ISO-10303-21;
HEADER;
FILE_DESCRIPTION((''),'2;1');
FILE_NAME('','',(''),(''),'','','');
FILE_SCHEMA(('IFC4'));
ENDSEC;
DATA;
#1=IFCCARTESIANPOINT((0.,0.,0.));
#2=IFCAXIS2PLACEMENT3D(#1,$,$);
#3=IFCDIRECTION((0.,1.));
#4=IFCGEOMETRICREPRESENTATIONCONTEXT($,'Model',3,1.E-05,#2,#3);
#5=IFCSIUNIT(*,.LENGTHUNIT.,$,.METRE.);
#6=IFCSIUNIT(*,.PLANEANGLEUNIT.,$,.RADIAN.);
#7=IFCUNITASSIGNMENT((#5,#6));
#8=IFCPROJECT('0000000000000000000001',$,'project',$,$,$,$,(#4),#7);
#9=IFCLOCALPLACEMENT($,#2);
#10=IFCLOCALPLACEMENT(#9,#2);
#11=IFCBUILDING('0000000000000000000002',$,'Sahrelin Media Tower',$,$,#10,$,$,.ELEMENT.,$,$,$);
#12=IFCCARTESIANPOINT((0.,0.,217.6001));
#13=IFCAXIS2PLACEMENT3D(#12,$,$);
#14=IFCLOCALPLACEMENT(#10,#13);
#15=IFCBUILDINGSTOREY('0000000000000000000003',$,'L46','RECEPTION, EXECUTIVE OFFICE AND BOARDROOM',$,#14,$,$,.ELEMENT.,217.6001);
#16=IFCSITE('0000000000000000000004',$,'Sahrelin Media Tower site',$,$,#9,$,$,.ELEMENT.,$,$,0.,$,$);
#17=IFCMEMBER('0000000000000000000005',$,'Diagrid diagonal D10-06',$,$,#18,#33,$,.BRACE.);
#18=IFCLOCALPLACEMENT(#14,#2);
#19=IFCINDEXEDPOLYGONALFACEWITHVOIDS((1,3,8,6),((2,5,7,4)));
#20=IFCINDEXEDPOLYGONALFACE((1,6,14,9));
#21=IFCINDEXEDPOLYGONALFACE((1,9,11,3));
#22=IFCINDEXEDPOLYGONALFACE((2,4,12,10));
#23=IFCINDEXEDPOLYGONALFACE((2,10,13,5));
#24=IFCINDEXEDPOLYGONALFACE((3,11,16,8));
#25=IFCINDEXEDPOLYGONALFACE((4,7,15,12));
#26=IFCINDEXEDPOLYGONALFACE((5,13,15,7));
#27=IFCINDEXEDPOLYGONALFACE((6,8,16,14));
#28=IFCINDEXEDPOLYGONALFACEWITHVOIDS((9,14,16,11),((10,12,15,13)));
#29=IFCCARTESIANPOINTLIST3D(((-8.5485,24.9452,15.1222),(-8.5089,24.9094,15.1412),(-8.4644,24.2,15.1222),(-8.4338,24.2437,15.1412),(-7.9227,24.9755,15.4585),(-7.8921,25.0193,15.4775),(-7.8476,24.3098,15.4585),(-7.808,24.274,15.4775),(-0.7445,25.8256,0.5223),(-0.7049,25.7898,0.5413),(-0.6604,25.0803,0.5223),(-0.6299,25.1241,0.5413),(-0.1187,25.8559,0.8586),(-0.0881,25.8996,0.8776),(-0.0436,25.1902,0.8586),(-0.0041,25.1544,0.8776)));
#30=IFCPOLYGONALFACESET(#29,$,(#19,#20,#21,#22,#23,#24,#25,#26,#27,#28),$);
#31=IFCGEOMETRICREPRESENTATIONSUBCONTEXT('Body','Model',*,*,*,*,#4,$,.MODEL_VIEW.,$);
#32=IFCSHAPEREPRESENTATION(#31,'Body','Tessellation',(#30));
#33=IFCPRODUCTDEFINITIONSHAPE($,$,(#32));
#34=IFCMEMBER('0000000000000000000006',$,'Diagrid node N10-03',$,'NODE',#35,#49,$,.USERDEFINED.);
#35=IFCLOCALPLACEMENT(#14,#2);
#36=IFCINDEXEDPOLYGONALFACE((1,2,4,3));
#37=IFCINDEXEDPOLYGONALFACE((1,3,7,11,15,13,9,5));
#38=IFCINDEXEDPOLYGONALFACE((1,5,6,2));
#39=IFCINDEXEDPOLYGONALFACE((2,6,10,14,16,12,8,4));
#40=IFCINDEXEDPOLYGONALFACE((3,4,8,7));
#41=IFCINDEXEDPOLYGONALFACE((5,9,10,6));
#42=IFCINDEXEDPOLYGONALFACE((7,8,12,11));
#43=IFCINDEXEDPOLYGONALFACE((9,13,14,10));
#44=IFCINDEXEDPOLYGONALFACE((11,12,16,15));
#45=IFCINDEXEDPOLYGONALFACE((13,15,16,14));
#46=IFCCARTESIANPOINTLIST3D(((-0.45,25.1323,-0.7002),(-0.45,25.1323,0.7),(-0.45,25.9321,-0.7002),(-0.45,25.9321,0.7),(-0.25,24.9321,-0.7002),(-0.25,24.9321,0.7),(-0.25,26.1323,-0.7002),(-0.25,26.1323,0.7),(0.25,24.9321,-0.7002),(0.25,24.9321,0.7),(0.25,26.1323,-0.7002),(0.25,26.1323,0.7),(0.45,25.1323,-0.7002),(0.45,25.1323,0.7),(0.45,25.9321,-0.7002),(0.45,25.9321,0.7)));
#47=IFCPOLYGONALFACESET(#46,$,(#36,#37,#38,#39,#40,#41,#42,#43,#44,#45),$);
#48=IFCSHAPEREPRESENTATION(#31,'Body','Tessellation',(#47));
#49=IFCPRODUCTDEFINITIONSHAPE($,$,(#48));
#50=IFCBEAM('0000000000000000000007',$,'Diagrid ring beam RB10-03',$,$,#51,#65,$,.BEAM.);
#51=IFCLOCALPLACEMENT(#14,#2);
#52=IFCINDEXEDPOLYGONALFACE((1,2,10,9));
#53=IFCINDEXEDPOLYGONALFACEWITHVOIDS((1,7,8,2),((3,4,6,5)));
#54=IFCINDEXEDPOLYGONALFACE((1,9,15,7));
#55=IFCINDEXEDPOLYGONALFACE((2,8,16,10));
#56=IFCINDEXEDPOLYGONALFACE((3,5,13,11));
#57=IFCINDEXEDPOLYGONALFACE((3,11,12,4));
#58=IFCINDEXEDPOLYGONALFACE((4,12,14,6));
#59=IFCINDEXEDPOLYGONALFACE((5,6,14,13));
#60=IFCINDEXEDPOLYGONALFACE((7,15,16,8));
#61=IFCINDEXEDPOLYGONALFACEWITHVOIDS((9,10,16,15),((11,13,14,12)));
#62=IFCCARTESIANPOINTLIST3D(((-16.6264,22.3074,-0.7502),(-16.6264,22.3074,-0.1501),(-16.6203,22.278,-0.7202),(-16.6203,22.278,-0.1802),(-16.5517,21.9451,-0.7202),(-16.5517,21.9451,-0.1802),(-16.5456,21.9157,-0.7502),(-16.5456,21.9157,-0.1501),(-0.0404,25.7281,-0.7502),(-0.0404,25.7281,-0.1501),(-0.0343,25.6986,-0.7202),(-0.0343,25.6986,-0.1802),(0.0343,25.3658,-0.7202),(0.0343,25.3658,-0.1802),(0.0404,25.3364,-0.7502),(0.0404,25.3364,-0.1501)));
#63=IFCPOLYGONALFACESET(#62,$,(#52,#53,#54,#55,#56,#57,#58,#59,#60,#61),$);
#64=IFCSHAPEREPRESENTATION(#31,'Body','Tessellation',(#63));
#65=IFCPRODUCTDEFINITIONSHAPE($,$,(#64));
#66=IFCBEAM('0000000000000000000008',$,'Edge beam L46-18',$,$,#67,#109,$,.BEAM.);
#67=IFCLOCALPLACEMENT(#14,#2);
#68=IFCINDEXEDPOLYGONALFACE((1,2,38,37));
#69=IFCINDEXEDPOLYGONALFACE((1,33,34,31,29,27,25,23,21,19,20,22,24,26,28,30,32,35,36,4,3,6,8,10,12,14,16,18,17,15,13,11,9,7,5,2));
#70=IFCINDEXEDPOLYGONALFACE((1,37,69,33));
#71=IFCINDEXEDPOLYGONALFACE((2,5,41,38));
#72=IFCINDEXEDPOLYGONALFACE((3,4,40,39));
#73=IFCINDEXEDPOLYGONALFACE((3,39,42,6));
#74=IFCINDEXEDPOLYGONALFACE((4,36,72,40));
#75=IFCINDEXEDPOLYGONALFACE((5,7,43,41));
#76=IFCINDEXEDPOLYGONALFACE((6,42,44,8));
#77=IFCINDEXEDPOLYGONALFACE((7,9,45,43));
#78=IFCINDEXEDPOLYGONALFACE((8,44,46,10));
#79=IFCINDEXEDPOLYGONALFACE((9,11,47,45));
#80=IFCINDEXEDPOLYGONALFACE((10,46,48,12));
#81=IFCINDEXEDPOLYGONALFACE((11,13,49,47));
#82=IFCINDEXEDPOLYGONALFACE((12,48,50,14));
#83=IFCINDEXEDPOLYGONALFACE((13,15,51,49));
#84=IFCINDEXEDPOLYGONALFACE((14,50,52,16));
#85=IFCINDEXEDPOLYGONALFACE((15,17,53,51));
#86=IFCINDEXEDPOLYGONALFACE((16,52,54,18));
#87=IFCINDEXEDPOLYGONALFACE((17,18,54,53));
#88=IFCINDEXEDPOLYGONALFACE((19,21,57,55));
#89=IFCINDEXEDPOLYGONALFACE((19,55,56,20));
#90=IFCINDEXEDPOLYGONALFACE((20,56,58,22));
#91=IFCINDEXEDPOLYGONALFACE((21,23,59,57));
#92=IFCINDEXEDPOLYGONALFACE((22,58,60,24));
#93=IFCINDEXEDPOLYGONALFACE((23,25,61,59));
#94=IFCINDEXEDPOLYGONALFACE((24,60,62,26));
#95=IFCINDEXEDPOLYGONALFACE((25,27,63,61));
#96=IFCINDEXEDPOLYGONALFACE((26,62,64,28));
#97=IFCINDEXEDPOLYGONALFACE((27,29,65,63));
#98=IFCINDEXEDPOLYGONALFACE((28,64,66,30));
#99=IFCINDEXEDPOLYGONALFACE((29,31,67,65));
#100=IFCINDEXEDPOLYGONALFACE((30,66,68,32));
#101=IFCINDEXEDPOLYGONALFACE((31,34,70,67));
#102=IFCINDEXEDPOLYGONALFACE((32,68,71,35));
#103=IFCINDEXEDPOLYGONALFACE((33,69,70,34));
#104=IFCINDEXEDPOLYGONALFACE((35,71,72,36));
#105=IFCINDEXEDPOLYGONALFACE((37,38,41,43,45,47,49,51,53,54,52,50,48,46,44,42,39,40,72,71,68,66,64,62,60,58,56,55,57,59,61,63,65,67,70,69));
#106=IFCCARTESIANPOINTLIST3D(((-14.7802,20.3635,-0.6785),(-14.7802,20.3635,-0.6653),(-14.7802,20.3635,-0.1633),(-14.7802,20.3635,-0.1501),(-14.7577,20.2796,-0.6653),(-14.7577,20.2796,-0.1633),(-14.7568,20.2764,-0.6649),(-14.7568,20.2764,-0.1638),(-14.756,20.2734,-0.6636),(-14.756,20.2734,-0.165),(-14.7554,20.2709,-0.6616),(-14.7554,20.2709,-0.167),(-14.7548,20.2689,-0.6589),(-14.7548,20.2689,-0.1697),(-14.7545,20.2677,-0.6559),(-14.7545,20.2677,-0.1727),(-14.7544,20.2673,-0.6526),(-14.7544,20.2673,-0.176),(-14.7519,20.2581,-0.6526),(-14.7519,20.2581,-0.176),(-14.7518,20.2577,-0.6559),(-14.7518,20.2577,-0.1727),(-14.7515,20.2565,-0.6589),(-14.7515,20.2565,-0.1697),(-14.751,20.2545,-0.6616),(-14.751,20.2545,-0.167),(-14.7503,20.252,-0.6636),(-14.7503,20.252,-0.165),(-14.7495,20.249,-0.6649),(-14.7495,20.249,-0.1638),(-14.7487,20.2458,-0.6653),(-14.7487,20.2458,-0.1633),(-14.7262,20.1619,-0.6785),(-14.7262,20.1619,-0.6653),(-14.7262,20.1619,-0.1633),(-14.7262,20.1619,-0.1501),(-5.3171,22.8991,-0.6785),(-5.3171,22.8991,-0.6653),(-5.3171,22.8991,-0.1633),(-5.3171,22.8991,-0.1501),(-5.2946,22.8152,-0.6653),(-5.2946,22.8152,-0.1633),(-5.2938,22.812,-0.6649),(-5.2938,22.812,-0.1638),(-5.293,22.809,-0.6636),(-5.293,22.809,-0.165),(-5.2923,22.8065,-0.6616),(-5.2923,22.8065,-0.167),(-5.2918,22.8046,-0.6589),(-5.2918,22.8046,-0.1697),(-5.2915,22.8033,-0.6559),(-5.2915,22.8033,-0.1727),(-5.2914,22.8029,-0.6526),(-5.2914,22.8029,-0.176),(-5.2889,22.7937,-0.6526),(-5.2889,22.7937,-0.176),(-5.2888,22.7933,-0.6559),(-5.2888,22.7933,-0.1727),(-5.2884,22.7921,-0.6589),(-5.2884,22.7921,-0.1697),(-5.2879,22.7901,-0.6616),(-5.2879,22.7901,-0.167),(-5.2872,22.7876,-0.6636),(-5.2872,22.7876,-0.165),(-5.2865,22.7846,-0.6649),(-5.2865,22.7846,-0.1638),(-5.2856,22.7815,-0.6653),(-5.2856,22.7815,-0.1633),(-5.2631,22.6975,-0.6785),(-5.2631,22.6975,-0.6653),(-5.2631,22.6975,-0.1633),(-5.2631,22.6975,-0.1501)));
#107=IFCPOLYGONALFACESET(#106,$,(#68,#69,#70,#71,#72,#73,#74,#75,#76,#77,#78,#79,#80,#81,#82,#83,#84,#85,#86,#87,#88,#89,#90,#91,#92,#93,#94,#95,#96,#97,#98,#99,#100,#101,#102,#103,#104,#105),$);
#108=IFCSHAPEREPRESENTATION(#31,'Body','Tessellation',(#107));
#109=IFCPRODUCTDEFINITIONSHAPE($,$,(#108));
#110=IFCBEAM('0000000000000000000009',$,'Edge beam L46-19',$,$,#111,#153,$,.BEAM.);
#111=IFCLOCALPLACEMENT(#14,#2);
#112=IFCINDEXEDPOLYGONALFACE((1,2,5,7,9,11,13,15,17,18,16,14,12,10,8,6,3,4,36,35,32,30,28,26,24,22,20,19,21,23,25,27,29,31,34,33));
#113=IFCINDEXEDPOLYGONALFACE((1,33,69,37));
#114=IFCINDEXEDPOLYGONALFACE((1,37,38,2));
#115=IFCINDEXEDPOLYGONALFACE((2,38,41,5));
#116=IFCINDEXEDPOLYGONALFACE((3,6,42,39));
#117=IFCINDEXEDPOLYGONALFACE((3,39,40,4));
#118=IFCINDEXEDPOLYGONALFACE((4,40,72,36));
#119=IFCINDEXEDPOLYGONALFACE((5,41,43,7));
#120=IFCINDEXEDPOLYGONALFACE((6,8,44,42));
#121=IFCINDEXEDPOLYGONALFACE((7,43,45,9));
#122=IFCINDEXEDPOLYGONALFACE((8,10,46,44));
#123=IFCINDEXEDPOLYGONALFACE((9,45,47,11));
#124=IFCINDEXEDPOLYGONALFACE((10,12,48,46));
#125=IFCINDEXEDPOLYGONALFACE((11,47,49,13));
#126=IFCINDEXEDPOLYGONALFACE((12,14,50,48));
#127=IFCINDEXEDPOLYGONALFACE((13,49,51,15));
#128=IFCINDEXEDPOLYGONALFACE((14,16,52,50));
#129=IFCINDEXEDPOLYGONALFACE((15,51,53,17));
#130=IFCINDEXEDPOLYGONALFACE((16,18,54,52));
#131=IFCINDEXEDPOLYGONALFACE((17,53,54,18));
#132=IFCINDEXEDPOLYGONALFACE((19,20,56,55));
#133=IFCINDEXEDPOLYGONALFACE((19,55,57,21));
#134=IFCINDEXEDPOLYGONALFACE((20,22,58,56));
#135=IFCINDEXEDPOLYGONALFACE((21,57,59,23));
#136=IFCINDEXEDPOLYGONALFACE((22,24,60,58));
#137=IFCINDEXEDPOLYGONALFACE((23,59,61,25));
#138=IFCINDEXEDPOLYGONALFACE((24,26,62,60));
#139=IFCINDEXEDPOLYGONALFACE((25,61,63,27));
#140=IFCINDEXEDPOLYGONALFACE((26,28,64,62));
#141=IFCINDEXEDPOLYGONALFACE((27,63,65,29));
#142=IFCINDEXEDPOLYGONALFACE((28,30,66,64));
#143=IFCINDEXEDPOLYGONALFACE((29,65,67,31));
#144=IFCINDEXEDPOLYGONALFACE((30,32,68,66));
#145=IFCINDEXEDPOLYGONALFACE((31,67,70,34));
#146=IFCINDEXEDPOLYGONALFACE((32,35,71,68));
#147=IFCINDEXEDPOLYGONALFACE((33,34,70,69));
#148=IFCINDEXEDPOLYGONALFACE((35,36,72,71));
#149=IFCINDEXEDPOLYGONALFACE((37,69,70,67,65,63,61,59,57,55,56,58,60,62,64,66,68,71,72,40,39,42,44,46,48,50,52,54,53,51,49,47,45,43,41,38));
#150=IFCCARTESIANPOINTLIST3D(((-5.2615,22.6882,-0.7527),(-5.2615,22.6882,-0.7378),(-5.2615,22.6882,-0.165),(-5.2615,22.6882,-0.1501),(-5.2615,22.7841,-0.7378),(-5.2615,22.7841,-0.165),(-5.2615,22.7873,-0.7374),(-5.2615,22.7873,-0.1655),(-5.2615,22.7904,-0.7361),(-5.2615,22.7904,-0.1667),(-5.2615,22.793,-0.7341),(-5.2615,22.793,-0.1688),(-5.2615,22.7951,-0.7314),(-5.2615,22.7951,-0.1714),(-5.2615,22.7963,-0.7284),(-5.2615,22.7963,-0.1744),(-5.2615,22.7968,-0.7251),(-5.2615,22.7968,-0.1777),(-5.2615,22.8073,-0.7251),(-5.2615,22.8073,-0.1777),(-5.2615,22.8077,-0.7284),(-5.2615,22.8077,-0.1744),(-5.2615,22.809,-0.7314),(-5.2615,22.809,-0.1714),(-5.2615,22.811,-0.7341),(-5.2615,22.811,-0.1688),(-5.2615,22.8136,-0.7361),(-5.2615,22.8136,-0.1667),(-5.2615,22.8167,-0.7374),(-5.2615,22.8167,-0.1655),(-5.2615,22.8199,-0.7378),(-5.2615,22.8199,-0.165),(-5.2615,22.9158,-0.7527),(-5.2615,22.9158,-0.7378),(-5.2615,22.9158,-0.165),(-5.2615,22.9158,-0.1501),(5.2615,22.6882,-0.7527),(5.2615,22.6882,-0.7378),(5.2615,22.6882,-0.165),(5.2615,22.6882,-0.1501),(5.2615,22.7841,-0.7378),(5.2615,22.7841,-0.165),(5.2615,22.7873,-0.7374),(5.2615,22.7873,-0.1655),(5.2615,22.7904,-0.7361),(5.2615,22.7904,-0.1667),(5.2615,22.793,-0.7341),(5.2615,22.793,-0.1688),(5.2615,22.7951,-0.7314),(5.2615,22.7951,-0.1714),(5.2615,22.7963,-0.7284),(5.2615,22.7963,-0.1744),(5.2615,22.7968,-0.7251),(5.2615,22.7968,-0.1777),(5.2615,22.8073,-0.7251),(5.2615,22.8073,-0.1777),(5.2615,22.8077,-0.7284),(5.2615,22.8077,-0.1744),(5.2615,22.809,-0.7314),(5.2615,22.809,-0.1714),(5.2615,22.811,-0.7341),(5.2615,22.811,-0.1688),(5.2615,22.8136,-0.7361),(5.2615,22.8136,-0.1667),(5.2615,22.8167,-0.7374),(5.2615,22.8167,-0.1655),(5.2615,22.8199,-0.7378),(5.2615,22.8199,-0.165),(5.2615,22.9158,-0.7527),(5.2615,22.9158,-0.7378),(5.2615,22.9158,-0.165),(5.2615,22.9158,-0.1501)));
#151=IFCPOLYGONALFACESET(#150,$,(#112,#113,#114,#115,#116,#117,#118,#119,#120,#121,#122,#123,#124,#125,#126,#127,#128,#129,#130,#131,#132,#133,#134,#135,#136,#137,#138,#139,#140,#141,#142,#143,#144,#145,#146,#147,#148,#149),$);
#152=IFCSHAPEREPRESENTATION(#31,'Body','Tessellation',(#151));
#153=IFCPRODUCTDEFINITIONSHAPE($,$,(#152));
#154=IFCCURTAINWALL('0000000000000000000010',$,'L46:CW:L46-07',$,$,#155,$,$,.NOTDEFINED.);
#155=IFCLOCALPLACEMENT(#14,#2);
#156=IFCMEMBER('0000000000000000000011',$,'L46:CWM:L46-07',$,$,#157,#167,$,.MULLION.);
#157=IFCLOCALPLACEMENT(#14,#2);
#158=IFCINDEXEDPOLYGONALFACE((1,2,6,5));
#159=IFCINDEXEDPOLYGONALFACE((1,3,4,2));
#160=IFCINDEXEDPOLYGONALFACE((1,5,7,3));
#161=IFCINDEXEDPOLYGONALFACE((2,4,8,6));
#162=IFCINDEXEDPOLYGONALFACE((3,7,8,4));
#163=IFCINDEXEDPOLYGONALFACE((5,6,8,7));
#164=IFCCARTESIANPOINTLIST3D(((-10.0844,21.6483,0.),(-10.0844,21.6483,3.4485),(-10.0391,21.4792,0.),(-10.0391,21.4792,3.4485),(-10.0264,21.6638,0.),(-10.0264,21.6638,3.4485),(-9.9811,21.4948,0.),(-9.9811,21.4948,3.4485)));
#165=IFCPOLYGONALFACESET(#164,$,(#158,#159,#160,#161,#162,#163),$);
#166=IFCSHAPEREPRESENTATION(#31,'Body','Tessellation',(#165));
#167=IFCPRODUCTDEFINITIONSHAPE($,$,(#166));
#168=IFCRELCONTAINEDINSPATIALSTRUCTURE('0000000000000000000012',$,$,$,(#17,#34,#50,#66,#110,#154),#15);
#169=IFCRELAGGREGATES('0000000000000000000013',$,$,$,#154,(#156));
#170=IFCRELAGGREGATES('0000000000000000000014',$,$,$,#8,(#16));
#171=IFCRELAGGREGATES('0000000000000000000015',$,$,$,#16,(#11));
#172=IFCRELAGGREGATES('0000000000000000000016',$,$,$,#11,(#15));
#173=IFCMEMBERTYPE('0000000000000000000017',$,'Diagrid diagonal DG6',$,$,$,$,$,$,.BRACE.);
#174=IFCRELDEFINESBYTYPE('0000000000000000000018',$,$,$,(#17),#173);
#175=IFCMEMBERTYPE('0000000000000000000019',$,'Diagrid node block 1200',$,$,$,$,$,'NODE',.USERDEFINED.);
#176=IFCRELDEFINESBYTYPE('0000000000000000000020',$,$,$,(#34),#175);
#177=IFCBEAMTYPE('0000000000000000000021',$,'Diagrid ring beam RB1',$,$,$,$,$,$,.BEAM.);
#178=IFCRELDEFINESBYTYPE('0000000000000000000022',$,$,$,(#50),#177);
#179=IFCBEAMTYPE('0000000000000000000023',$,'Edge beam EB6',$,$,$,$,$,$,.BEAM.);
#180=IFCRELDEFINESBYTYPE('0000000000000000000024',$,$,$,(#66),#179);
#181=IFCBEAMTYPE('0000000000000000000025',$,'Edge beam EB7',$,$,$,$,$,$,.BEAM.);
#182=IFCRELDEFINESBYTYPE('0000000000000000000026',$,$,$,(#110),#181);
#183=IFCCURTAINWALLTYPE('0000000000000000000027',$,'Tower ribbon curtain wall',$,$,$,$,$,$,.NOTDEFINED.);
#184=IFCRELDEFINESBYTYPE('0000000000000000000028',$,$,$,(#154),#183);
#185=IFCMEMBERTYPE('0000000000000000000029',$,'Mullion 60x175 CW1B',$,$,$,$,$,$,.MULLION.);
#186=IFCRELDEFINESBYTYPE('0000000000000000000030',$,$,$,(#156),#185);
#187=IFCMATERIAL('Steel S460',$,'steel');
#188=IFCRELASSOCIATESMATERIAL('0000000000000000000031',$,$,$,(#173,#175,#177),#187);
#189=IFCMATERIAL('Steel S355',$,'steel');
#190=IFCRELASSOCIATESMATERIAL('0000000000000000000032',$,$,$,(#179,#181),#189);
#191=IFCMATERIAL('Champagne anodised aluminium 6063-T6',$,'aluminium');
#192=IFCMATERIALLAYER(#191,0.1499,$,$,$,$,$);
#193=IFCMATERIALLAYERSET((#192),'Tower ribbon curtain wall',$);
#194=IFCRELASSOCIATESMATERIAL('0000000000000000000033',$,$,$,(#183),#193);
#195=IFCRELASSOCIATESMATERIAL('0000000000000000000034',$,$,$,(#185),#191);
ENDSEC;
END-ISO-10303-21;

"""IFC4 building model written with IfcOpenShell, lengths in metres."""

from ifc_helpers import new_model, si_unit, direction, frame, origin, origin_2d, place, context, subcontext, project, spatial, polyline, rectangle, hollow_rectangle, i_section, outline, extrude, material, layer, layer_set, material_profile, profile_set, type_object, element, aggregate, save


model = new_model("IFC4")

# Units and contexts
model_context = context("Model", 3, precision=1e-05, world=origin(), true_north=direction((0.0, 1.0)))
body_context = subcontext(model_context, "Body", "Model", "MODEL_VIEW")
ifc_project = project(units=[si_unit("LENGTHUNIT", "METRE"), si_unit("PLANEANGLEUNIT", "RADIAN")], contexts=[model_context])

# Site, building, storey
site_placement = place(None, origin())
site = spatial("IfcSite", under=ifc_project, at=site_placement, Name="Sahrelin Media Tower site", CompositionType="ELEMENT", RefElevation=0.0)
building_placement = place(site_placement, origin())
building = spatial("IfcBuilding", under=site, at=building_placement, Name="Sahrelin Media Tower", CompositionType="ELEMENT")
storey_placement = place(building_placement, frame((0.0, 0.0, 217.6001)))
storey = spatial("IfcBuildingStorey", under=building, at=storey_placement, Name="L46", Description="RECEPTION, EXECUTIVE OFFICE AND BOARDROOM", CompositionType="ELEMENT", Elevation=217.6001)

# Members
ifc_material_1 = material(Name="Steel S460", Category="steel")
ifc_material_profile_1 = material_profile(ifc_material_1, hollow_rectangle(XDim=0.75, YDim=0.75, WallThickness=0.04, at=origin_2d()), Name="Diagrid diagonal DG6")
ifc_profile_set_1 = profile_set([ifc_material_profile_1], Name="Steel S460")
member_type_1 = type_object("IfcMemberType", Name="Diagrid diagonal DG6", PredefinedType="BRACE", material=ifc_profile_set_1)
member_1_placement = place(storey_placement, frame((-0.3743, 25.49, 0.7), z_axis=(-0.47074, -0.053105, 0.880673), x_axis=(0.1121, -0.993697, 0.0)))
element("IfcMember", 1, at=member_1_placement, inside=storey, type_object=member_type_1, Name="Diagrid diagonal D10-06", PredefinedType="BRACE", context=body_context, shape_type="SweptSolid", body=[
    extrude(hollow_rectangle(XDim=0.75, YDim=0.75, WallThickness=0.04, at=origin_2d()), origin(), (0.0, 0.0, 1.0), 16.5781),
])
ifc_material_profile_2 = material_profile(ifc_material_1, outline(polyline([(0.3999, -0.45), (0.6001, -0.25), (0.6001, 0.25), (0.3999, 0.45), (-0.3999, 0.45), (-0.6001, 0.25), (-0.6001, -0.25), (-0.3999, -0.45), (0.3999, -0.45)])), Name="Diagrid node block 1200")
ifc_profile_set_2 = profile_set([ifc_material_profile_2], Name="Steel S460")
member_type_2 = type_object("IfcMemberType", Name="Diagrid node block 1200", ElementType="NODE", PredefinedType="USERDEFINED", material=ifc_profile_set_2)
member_2_placement = place(storey_placement, frame((0.0, 25.5322, -0.7002), z_axis=(0.0, 0.0, 1.0), x_axis=(0.0, 1.0, 0.0)))
element("IfcMember", 2, at=member_2_placement, inside=storey, type_object=member_type_2, Name="Diagrid node N10-03", ObjectType="NODE", PredefinedType="USERDEFINED", context=body_context, shape_type="SweptSolid", body=[
    extrude(outline(polyline([(0.3999, -0.45), (0.6001, -0.25), (0.6001, 0.25), (0.3999, 0.45), (-0.3999, 0.45), (-0.6001, 0.25), (-0.6001, -0.25), (-0.3999, -0.45), (0.3999, -0.45)])), origin(), (0.0, 0.0, 1.0), 1.4001),
])

# Beams
ifc_material_profile_3 = material_profile(ifc_material_1, hollow_rectangle(XDim=0.3999, YDim=0.6001, WallThickness=0.03, at=origin_2d()), Name="Diagrid ring beam RB1")
ifc_profile_set_3 = profile_set([ifc_material_profile_3], Name="Steel S460")
beam_type_1 = type_object("IfcBeamType", Name="Diagrid ring beam RB1", PredefinedType="BEAM", material=ifc_profile_set_3)
beam_1_placement = place(storey_placement, frame((0.0, 25.5322, -0.4502), z_axis=(-0.979388, -0.201987, 0.0), x_axis=(0.201987, -0.979388, 0.0)))
element("IfcBeam", 3, at=beam_1_placement, inside=storey, type_object=beam_type_1, Name="Diagrid ring beam RB10-03", PredefinedType="BEAM", context=body_context, shape_type="SweptSolid", body=[
    extrude(hollow_rectangle(XDim=0.3999, YDim=0.6001, WallThickness=0.03, at=origin_2d()), origin(), (0.0, 0.0, 1.0), 16.9351),
])
ifc_material_2 = material(Name="Steel S355", Category="steel")
ifc_material_profile_4 = material_profile(ifc_material_2, i_section(OverallWidth=0.2087, OverallDepth=0.5283, WebThickness=0.0095, FlangeThickness=0.0132, FilletRadius=0.0127, at=origin_2d()), Name="UB 533x210x82")
ifc_profile_set_4 = profile_set([ifc_material_profile_4], Name="Steel S355")
beam_type_2 = type_object("IfcBeamType", Name="Edge beam EB6", PredefinedType="BEAM", material=ifc_profile_set_4)
beam_2_placement = place(storey_placement, frame((-14.7532, 20.2627, -0.4143), z_axis=(0.965926, 0.25882, 0.0), x_axis=(-0.25882, 0.965926, 0.0)))
element("IfcBeam", 4, at=beam_2_placement, inside=storey, type_object=beam_type_2, Name="Edge beam L46-18", PredefinedType="BEAM", context=body_context, shape_type="SweptSolid", body=[
    extrude(i_section(OverallWidth=0.2087, OverallDepth=0.5283, WebThickness=0.0095, FlangeThickness=0.0132, FilletRadius=0.0127, at=origin_2d()), origin(), (0.0, 0.0, 1.0), 9.7969),
])
ifc_material_profile_5 = material_profile(ifc_material_2, i_section(OverallWidth=0.2275, OverallDepth=0.6025, WebThickness=0.0105, FlangeThickness=0.0149, FilletRadius=0.0127, at=origin_2d()), Name="UB 610x229x101")
ifc_profile_set_5 = profile_set([ifc_material_profile_5], Name="Steel S355")
beam_type_3 = type_object("IfcBeamType", Name="Edge beam EB7", PredefinedType="BEAM", material=ifc_profile_set_5)
beam_3_placement = place(storey_placement, frame((-5.2615, 22.802, -0.4514), z_axis=(1.0, 0.0, 0.0), x_axis=(0.0, 1.0, 0.0)))
element("IfcBeam", 5, at=beam_3_placement, inside=storey, type_object=beam_type_3, Name="Edge beam L46-19", PredefinedType="BEAM", context=body_context, shape_type="SweptSolid", body=[
    extrude(i_section(OverallWidth=0.2275, OverallDepth=0.6025, WebThickness=0.0105, FlangeThickness=0.0149, FilletRadius=0.0127, at=origin_2d()), origin(), (0.0, 0.0, 1.0), 10.5229),
])

# Curtain wall, member
ifc_material_3 = material(Name="Champagne anodised aluminium 6063-T6", Category="aluminium")
ifc_layer_1 = layer(ifc_material_3, 0.1499)
ifc_layer_set_1 = layer_set([ifc_layer_1], Name="Tower ribbon curtain wall")
curtain_wall_type = type_object("IfcCurtainWallType", Name="Tower ribbon curtain wall", PredefinedType="NOTDEFINED", material=ifc_layer_set_1)
curtain_wall_1_placement = place(storey_placement, frame((-10.0603, 21.6753, 0.0), z_axis=(0.0, 0.0, 1.0), x_axis=(1.0, 0.0, 0.0)))
curtain_wall_1 = element("IfcCurtainWall", 6, at=curtain_wall_1_placement, inside=storey, type_object=curtain_wall_type, Name="L46:CW:L46-07", PredefinedType="NOTDEFINED")
ifc_material_profile_6 = material_profile(ifc_material_3, rectangle(XDim=0.0601, YDim=0.175, at=origin_2d()), Name="Mullion 60x175")
ifc_profile_set_6 = profile_set([ifc_material_profile_6], Name="Champagne anodised aluminium 6063-T6")
member_type_3 = type_object("IfcMemberType", Name="Mullion 60x175 CW1B", PredefinedType="MULLION", material=ifc_profile_set_6)
member_3_placement = place(storey_placement, frame((-10.0327, 21.5715, 0.0), z_axis=(0.0, 0.0, 1.0), x_axis=(-0.965925, -0.258822, 0.0)))
member_3 = element("IfcMember", 7, at=member_3_placement, type_object=member_type_3, Name="L46:CWM:L46-07", PredefinedType="MULLION", context=body_context, shape_type="SweptSolid", body=[
    extrude(rectangle(XDim=0.0601, YDim=0.175, at=origin_2d()), origin(), (0.0, 0.0, 1.0), 3.4485),
])

aggregate(curtain_wall_1, [member_3])

save(model, "model.ifc")
